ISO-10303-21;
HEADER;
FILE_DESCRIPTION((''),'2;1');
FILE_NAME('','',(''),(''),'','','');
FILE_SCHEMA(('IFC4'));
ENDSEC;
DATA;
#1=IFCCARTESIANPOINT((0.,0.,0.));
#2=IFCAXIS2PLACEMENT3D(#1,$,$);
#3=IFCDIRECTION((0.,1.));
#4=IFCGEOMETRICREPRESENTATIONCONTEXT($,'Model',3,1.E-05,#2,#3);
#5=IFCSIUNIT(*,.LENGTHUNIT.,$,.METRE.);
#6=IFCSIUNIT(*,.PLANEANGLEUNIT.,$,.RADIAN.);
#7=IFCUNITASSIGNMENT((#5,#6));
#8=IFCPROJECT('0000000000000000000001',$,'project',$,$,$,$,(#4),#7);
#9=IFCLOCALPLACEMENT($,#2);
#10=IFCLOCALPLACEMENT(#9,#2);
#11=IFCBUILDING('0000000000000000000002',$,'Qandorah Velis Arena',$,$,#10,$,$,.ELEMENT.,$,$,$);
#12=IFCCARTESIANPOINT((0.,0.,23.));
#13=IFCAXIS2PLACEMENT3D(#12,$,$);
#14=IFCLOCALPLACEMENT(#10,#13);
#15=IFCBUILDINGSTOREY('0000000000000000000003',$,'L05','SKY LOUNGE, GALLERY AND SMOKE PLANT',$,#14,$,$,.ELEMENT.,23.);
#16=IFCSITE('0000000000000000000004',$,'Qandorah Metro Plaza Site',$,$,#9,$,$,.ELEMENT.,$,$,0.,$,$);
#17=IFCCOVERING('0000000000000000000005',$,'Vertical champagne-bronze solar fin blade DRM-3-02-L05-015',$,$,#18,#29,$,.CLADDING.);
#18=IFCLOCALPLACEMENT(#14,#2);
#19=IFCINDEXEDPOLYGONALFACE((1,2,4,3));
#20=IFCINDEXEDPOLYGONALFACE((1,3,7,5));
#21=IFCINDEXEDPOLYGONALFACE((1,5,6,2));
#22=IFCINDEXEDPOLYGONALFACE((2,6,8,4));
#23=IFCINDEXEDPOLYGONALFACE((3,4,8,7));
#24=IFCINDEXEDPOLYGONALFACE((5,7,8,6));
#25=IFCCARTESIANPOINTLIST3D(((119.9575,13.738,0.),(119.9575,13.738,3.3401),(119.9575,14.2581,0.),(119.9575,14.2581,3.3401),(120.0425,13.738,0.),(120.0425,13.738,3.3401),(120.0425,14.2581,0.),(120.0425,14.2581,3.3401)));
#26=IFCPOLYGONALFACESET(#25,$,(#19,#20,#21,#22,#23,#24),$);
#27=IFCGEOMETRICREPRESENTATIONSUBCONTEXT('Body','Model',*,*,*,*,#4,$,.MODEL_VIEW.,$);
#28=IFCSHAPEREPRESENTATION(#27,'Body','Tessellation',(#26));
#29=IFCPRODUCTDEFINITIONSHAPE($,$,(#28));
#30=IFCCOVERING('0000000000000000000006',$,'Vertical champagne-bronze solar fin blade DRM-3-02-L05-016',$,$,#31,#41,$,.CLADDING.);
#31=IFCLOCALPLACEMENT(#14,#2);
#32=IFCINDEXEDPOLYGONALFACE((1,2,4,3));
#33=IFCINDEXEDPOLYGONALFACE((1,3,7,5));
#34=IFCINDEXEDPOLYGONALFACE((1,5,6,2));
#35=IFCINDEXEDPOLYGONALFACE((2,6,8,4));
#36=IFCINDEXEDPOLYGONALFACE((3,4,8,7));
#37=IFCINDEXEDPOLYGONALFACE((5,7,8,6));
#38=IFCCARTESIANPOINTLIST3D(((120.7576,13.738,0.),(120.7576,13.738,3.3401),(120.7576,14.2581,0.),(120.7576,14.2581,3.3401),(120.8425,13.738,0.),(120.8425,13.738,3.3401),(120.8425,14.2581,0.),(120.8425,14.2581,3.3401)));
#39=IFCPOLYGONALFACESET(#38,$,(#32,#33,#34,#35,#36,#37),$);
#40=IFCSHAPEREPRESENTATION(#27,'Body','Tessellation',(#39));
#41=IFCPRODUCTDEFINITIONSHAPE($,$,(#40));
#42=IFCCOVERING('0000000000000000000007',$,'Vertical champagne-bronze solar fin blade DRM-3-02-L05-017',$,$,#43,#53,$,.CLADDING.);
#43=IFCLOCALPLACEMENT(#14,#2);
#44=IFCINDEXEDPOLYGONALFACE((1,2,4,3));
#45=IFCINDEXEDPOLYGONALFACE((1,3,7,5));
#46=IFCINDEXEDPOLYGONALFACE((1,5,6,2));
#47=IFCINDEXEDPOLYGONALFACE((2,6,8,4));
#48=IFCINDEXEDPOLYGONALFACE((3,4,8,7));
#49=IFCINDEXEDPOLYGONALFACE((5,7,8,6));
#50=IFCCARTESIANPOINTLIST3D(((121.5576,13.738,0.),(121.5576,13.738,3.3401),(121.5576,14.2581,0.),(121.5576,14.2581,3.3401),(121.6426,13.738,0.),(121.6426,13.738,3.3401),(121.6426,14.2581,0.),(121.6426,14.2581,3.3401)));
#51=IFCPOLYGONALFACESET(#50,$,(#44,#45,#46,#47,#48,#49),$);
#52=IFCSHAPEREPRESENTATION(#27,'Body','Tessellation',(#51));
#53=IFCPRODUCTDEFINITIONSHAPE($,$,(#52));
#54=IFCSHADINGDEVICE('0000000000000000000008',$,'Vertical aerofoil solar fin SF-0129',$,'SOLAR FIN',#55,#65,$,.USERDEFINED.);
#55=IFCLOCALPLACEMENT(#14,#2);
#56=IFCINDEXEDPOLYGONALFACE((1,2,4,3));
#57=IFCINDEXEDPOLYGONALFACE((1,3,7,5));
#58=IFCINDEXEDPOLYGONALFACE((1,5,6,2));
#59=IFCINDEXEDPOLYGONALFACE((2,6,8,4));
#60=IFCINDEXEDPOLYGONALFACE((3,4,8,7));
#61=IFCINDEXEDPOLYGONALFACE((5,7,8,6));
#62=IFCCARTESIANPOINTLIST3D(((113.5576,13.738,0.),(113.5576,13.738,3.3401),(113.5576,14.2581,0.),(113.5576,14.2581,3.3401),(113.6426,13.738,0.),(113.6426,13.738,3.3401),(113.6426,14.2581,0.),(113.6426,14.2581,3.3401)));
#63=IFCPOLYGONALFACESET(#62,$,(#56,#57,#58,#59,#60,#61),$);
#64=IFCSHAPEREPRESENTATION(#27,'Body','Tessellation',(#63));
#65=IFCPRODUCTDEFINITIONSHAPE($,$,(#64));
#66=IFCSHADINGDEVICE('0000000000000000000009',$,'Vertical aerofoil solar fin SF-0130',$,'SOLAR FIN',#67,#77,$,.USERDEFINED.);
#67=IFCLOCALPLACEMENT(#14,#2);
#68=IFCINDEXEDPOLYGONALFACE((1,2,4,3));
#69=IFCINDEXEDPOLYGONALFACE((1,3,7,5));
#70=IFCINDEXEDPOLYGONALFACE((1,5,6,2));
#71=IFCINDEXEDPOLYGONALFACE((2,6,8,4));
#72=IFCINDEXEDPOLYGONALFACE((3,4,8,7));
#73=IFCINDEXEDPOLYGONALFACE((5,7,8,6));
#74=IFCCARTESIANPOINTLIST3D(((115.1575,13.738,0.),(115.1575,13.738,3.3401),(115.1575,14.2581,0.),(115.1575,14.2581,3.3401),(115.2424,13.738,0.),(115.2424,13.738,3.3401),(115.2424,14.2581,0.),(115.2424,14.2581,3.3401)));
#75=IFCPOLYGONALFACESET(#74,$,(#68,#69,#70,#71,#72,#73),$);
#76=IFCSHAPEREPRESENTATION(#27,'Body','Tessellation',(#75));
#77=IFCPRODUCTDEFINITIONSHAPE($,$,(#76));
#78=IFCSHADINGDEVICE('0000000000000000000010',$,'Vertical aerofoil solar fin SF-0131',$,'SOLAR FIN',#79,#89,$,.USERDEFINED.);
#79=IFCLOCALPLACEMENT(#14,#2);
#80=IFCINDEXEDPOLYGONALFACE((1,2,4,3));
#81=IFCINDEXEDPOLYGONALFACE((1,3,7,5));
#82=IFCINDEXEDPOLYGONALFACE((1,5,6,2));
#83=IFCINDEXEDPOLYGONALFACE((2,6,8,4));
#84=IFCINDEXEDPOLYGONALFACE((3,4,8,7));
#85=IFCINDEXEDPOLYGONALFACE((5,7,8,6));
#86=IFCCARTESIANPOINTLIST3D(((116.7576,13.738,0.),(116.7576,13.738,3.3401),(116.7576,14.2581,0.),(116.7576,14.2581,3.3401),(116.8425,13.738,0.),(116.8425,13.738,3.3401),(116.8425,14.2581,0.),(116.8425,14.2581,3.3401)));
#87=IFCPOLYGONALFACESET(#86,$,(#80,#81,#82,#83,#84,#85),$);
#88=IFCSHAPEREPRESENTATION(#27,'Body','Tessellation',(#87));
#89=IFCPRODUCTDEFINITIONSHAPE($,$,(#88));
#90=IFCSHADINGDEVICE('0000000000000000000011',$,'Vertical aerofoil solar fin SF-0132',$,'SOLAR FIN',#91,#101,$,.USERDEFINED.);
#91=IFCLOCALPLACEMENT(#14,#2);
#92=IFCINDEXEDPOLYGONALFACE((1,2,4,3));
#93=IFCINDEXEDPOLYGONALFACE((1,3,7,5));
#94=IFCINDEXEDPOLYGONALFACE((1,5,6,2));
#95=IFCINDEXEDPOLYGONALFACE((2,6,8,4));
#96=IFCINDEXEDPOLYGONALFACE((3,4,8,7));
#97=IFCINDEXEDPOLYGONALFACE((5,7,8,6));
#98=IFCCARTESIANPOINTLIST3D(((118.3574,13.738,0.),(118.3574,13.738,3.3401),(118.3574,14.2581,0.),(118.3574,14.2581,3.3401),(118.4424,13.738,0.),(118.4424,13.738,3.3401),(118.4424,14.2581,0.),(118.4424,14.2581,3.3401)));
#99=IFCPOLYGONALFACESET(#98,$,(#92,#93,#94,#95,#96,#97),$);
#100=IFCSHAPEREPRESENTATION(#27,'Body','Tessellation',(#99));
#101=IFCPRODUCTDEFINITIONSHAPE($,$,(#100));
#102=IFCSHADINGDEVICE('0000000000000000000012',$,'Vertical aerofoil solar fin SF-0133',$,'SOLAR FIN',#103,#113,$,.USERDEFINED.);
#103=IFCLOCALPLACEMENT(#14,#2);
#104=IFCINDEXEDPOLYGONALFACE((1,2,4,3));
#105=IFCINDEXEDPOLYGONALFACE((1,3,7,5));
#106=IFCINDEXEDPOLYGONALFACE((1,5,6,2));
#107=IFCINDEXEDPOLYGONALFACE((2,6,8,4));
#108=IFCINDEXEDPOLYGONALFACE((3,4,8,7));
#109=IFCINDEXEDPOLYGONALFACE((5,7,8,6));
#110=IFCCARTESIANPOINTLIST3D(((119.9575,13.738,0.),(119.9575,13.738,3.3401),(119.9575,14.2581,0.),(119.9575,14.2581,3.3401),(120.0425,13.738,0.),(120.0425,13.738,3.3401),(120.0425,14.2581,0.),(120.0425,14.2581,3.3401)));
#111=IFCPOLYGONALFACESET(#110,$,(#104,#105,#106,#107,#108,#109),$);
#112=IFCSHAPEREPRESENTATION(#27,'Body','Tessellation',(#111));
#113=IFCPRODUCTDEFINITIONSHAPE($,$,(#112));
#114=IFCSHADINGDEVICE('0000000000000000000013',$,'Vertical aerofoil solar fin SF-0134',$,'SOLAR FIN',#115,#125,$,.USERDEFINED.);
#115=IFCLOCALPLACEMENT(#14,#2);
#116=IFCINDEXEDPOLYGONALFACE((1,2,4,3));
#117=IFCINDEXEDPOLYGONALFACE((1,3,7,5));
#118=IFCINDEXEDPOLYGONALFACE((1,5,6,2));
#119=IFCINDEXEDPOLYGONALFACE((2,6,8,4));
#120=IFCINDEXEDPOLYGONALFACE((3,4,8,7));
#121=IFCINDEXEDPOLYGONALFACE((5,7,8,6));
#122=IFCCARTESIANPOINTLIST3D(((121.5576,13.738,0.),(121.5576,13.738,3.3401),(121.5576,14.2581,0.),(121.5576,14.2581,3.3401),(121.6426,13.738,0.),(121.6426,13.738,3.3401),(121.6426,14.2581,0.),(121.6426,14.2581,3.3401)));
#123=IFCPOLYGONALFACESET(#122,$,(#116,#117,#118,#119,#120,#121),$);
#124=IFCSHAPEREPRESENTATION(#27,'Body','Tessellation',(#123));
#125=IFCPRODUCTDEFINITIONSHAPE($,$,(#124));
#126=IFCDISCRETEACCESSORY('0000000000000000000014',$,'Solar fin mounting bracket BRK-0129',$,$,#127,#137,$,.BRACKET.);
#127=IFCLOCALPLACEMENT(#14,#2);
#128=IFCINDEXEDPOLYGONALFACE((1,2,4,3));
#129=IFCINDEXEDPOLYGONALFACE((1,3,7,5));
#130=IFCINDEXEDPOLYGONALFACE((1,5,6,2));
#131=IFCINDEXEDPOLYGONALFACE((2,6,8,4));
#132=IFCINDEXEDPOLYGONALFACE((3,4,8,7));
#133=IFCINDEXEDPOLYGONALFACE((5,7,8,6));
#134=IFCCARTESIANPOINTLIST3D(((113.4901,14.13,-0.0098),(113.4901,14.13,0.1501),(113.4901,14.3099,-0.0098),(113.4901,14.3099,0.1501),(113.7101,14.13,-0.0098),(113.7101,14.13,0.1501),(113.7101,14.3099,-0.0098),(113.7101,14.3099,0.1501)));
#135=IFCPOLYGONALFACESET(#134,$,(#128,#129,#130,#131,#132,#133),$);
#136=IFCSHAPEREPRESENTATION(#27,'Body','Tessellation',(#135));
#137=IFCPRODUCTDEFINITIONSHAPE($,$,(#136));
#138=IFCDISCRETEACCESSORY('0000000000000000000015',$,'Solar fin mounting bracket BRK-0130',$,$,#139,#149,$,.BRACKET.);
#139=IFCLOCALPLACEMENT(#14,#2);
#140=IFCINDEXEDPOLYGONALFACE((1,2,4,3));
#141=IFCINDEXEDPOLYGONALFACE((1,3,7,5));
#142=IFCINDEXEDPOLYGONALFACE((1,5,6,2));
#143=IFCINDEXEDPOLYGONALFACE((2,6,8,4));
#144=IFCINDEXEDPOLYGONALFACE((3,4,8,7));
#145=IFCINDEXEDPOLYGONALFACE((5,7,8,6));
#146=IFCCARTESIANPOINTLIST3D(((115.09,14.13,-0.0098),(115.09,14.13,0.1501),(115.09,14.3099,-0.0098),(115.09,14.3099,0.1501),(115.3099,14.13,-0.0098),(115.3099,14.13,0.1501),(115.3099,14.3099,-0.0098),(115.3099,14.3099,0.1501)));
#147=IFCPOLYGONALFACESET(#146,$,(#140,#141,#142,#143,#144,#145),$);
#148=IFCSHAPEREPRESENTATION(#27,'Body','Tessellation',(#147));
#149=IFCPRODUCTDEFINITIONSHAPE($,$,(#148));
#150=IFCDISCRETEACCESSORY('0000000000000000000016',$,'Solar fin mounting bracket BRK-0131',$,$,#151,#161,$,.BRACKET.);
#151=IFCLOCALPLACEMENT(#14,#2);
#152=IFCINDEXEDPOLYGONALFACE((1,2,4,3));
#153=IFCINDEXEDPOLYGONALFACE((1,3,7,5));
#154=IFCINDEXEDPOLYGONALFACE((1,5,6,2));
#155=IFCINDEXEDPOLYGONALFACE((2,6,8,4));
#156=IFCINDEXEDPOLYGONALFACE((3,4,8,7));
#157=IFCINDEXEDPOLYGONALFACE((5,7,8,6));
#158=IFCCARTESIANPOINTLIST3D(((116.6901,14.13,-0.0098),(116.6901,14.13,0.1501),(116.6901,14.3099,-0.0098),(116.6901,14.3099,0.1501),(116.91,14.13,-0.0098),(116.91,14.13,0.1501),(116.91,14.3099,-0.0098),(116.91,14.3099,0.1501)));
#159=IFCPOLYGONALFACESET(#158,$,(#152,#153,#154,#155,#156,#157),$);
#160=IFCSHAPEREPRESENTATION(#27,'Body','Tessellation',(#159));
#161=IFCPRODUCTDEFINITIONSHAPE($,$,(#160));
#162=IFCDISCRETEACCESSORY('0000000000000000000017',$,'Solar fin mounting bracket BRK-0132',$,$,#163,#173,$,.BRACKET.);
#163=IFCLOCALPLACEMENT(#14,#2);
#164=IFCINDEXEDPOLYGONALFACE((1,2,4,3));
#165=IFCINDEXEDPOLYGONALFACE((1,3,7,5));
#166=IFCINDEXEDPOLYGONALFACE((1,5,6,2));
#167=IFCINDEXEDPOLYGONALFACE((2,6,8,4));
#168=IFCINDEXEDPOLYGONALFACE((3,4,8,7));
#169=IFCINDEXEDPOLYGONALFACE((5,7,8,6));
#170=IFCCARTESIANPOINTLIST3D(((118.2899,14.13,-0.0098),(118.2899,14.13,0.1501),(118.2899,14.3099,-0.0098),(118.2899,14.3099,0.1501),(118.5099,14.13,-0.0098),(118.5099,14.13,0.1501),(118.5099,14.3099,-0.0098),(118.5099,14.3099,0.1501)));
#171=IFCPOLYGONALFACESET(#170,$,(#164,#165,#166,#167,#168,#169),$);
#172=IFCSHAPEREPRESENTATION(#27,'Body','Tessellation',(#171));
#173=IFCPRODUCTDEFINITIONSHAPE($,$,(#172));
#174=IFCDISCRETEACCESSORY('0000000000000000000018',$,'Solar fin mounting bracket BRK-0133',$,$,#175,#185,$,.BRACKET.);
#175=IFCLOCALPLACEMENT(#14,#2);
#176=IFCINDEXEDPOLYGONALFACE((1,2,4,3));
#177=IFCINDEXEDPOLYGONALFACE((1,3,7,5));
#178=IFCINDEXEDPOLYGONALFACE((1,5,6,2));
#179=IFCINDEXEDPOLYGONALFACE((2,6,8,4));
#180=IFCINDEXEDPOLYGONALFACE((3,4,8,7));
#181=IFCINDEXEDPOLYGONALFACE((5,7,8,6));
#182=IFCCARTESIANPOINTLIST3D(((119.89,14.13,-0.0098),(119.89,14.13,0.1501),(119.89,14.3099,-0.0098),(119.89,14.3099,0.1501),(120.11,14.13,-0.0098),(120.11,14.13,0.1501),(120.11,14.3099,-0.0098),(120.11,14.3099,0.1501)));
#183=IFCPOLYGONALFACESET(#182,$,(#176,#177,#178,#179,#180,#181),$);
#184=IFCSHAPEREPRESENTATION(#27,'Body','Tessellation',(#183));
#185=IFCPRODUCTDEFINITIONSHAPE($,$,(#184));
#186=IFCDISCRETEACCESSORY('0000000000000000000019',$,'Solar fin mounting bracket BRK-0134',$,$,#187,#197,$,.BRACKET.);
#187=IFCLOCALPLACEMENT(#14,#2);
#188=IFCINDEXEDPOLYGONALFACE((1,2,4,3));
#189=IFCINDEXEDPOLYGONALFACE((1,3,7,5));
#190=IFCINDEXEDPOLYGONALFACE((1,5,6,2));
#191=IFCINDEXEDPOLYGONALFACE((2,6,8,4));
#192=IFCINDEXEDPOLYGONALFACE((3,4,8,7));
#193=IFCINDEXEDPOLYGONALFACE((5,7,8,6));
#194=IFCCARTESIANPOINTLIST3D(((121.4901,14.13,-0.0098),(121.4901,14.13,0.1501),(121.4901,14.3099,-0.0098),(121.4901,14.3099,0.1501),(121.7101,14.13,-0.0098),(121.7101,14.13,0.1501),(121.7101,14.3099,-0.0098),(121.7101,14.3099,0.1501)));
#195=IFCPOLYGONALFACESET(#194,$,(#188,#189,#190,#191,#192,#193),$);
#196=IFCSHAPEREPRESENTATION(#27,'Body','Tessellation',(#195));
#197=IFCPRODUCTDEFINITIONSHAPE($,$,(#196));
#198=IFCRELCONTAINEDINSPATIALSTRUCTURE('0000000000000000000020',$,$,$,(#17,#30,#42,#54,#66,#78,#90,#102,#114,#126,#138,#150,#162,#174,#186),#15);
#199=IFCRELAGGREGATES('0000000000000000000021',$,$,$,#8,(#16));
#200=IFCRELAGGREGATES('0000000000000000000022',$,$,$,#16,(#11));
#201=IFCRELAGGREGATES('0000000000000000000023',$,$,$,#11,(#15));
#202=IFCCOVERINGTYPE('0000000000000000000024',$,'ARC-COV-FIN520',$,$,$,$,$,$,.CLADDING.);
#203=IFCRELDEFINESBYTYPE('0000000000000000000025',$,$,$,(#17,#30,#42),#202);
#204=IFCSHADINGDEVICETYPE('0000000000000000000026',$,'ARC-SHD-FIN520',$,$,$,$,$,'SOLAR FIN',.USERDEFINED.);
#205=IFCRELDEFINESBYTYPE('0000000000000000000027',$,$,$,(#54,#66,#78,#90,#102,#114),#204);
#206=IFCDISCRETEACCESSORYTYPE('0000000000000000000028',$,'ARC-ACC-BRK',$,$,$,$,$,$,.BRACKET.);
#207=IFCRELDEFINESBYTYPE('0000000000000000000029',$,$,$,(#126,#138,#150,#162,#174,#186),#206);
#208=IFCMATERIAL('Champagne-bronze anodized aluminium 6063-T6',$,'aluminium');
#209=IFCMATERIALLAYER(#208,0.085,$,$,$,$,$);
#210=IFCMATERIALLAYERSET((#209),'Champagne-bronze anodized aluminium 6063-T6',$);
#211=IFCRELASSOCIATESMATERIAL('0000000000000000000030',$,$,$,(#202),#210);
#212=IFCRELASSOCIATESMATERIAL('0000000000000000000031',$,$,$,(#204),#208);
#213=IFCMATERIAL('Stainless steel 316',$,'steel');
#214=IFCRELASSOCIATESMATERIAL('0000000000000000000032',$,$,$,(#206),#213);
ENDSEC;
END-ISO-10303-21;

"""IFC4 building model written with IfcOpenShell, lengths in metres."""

from ifc_helpers import new_model, si_unit, direction, frame, origin, origin_2d, place, context, subcontext, project, spatial, rectangle, extrude, material, layer, layer_set, type_object, element, save


model = new_model("IFC4")

# Units and contexts
model_context = context("Model", 3, precision=1e-05, world=origin(), true_north=direction((0.0, 1.0)))
body_context = subcontext(model_context, "Body", "Model", "MODEL_VIEW")
ifc_project = project(units=[si_unit("LENGTHUNIT", "METRE"), si_unit("PLANEANGLEUNIT", "RADIAN")], contexts=[model_context])

# Site, building, storey
site_placement = place(None, origin())
site = spatial("IfcSite", under=ifc_project, at=site_placement, Name="Qandorah Metro Plaza Site", CompositionType="ELEMENT", RefElevation=0.0)
building_placement = place(site_placement, origin())
building = spatial("IfcBuilding", under=site, at=building_placement, Name="Qandorah Velis Arena", CompositionType="ELEMENT")
storey_placement = place(building_placement, frame((0.0, 0.0, 23.0)))
storey = spatial("IfcBuildingStorey", under=building, at=storey_placement, Name="L05", Description="SKY LOUNGE, GALLERY AND SMOKE PLANT", CompositionType="ELEMENT", Elevation=23.0)

# Coverings
ifc_material_1 = material(Name="Champagne-bronze anodized aluminium 6063-T6", Category="aluminium")
ifc_layer_1 = layer(ifc_material_1, 0.085)
ifc_layer_set_1 = layer_set([ifc_layer_1], Name="Champagne-bronze anodized aluminium 6063-T6")
covering_type = type_object("IfcCoveringType", Name="ARC-COV-FIN520", PredefinedType="CLADDING", material=ifc_layer_set_1)
for number, where, z_axis, x_axis, name in (
    (1, (120.0, 13.998, 0.0), (0.0, 0.0, 1.0), (1.0, 0.0, 0.0), "Vertical champagne-bronze solar fin blade DRM-3-02-L05-015"),
    (2, (120.8, 13.998, 0.0), (0.0, 0.0, 1.0), (1.0, 0.0, 0.0), "Vertical champagne-bronze solar fin blade DRM-3-02-L05-016"),
    (3, (121.6001, 13.998, 0.0), (0.0, 0.0, 1.0), (1.0, 0.0, 0.0), "Vertical champagne-bronze solar fin blade DRM-3-02-L05-017"),
):
    element("IfcCovering", number, at=place(storey_placement, frame(where, z_axis=z_axis, x_axis=x_axis)), inside=storey, type_object=covering_type, Name=name, PredefinedType="CLADDING", context=body_context, shape_type="SweptSolid", body=[
        extrude(rectangle(XDim=0.085, YDim=0.52, at=origin_2d()), origin(), (0.0, 0.0, 1.0), 3.3401),
    ])

# Shading devices
shading_device_type = type_object("IfcShadingDeviceType", Name="ARC-SHD-FIN520", ElementType="SOLAR FIN", PredefinedType="USERDEFINED", material=ifc_material_1)
for number, where, z_axis, x_axis, name in (
    (4, (113.6001, 13.998, 0.0), (0.0, 0.0, 1.0), (1.0, 0.0, 0.0), "Vertical aerofoil solar fin SF-0129"),
    (5, (115.2, 13.998, 0.0), (0.0, 0.0, 1.0), (1.0, 0.0, 0.0), "Vertical aerofoil solar fin SF-0130"),
    (6, (116.8, 13.998, 0.0), (0.0, 0.0, 1.0), (1.0, 0.0, 0.0), "Vertical aerofoil solar fin SF-0131"),
    (7, (118.3999, 13.998, 0.0), (0.0, 0.0, 1.0), (1.0, 0.0, 0.0), "Vertical aerofoil solar fin SF-0132"),
    (8, (120.0, 13.998, 0.0), (0.0, 0.0, 1.0), (1.0, 0.0, 0.0), "Vertical aerofoil solar fin SF-0133"),
    (9, (121.6001, 13.998, 0.0), (0.0, 0.0, 1.0), (1.0, 0.0, 0.0), "Vertical aerofoil solar fin SF-0134"),
):
    element("IfcShadingDevice", number, at=place(storey_placement, frame(where, z_axis=z_axis, x_axis=x_axis)), inside=storey, type_object=shading_device_type, Name=name, ObjectType="SOLAR FIN", PredefinedType="USERDEFINED", context=body_context, shape_type="SweptSolid", body=[
        extrude(rectangle(XDim=0.085, YDim=0.52, at=origin_2d()), origin(), (0.0, 0.0, 1.0), 3.3401),
    ])

# Discrete accessories
ifc_material_2 = material(Name="Stainless steel 316", Category="steel")
discrete_accessory_type = type_object("IfcDiscreteAccessoryType", Name="ARC-ACC-BRK", PredefinedType="BRACKET", material=ifc_material_2)
for number, where, z_axis, x_axis, name in (
    (10, (113.6001, 14.22, -0.0098), (0.0, 0.0, 1.0), (1.0, 0.0, 0.0), "Solar fin mounting bracket BRK-0129"),
    (11, (115.2, 14.22, -0.0098), (0.0, 0.0, 1.0), (1.0, 0.0, 0.0), "Solar fin mounting bracket BRK-0130"),
    (12, (116.8, 14.22, -0.0098), (0.0, 0.0, 1.0), (1.0, 0.0, 0.0), "Solar fin mounting bracket BRK-0131"),
    (13, (118.3999, 14.22, -0.0098), (0.0, 0.0, 1.0), (1.0, 0.0, 0.0), "Solar fin mounting bracket BRK-0132"),
    (14, (120.0, 14.22, -0.0098), (0.0, 0.0, 1.0), (1.0, 0.0, 0.0), "Solar fin mounting bracket BRK-0133"),
    (15, (121.6001, 14.22, -0.0098), (0.0, 0.0, 1.0), (1.0, 0.0, 0.0), "Solar fin mounting bracket BRK-0134"),
):
    element("IfcDiscreteAccessory", number, at=place(storey_placement, frame(where, z_axis=z_axis, x_axis=x_axis)), inside=storey, type_object=discrete_accessory_type, Name=name, PredefinedType="BRACKET", context=body_context, shape_type="SweptSolid", body=[
        extrude(rectangle(XDim=0.22, YDim=0.1799, at=origin_2d()), origin(), (0.0, 0.0, 1.0), 0.1599),
    ])

save(model, "model.ifc")
